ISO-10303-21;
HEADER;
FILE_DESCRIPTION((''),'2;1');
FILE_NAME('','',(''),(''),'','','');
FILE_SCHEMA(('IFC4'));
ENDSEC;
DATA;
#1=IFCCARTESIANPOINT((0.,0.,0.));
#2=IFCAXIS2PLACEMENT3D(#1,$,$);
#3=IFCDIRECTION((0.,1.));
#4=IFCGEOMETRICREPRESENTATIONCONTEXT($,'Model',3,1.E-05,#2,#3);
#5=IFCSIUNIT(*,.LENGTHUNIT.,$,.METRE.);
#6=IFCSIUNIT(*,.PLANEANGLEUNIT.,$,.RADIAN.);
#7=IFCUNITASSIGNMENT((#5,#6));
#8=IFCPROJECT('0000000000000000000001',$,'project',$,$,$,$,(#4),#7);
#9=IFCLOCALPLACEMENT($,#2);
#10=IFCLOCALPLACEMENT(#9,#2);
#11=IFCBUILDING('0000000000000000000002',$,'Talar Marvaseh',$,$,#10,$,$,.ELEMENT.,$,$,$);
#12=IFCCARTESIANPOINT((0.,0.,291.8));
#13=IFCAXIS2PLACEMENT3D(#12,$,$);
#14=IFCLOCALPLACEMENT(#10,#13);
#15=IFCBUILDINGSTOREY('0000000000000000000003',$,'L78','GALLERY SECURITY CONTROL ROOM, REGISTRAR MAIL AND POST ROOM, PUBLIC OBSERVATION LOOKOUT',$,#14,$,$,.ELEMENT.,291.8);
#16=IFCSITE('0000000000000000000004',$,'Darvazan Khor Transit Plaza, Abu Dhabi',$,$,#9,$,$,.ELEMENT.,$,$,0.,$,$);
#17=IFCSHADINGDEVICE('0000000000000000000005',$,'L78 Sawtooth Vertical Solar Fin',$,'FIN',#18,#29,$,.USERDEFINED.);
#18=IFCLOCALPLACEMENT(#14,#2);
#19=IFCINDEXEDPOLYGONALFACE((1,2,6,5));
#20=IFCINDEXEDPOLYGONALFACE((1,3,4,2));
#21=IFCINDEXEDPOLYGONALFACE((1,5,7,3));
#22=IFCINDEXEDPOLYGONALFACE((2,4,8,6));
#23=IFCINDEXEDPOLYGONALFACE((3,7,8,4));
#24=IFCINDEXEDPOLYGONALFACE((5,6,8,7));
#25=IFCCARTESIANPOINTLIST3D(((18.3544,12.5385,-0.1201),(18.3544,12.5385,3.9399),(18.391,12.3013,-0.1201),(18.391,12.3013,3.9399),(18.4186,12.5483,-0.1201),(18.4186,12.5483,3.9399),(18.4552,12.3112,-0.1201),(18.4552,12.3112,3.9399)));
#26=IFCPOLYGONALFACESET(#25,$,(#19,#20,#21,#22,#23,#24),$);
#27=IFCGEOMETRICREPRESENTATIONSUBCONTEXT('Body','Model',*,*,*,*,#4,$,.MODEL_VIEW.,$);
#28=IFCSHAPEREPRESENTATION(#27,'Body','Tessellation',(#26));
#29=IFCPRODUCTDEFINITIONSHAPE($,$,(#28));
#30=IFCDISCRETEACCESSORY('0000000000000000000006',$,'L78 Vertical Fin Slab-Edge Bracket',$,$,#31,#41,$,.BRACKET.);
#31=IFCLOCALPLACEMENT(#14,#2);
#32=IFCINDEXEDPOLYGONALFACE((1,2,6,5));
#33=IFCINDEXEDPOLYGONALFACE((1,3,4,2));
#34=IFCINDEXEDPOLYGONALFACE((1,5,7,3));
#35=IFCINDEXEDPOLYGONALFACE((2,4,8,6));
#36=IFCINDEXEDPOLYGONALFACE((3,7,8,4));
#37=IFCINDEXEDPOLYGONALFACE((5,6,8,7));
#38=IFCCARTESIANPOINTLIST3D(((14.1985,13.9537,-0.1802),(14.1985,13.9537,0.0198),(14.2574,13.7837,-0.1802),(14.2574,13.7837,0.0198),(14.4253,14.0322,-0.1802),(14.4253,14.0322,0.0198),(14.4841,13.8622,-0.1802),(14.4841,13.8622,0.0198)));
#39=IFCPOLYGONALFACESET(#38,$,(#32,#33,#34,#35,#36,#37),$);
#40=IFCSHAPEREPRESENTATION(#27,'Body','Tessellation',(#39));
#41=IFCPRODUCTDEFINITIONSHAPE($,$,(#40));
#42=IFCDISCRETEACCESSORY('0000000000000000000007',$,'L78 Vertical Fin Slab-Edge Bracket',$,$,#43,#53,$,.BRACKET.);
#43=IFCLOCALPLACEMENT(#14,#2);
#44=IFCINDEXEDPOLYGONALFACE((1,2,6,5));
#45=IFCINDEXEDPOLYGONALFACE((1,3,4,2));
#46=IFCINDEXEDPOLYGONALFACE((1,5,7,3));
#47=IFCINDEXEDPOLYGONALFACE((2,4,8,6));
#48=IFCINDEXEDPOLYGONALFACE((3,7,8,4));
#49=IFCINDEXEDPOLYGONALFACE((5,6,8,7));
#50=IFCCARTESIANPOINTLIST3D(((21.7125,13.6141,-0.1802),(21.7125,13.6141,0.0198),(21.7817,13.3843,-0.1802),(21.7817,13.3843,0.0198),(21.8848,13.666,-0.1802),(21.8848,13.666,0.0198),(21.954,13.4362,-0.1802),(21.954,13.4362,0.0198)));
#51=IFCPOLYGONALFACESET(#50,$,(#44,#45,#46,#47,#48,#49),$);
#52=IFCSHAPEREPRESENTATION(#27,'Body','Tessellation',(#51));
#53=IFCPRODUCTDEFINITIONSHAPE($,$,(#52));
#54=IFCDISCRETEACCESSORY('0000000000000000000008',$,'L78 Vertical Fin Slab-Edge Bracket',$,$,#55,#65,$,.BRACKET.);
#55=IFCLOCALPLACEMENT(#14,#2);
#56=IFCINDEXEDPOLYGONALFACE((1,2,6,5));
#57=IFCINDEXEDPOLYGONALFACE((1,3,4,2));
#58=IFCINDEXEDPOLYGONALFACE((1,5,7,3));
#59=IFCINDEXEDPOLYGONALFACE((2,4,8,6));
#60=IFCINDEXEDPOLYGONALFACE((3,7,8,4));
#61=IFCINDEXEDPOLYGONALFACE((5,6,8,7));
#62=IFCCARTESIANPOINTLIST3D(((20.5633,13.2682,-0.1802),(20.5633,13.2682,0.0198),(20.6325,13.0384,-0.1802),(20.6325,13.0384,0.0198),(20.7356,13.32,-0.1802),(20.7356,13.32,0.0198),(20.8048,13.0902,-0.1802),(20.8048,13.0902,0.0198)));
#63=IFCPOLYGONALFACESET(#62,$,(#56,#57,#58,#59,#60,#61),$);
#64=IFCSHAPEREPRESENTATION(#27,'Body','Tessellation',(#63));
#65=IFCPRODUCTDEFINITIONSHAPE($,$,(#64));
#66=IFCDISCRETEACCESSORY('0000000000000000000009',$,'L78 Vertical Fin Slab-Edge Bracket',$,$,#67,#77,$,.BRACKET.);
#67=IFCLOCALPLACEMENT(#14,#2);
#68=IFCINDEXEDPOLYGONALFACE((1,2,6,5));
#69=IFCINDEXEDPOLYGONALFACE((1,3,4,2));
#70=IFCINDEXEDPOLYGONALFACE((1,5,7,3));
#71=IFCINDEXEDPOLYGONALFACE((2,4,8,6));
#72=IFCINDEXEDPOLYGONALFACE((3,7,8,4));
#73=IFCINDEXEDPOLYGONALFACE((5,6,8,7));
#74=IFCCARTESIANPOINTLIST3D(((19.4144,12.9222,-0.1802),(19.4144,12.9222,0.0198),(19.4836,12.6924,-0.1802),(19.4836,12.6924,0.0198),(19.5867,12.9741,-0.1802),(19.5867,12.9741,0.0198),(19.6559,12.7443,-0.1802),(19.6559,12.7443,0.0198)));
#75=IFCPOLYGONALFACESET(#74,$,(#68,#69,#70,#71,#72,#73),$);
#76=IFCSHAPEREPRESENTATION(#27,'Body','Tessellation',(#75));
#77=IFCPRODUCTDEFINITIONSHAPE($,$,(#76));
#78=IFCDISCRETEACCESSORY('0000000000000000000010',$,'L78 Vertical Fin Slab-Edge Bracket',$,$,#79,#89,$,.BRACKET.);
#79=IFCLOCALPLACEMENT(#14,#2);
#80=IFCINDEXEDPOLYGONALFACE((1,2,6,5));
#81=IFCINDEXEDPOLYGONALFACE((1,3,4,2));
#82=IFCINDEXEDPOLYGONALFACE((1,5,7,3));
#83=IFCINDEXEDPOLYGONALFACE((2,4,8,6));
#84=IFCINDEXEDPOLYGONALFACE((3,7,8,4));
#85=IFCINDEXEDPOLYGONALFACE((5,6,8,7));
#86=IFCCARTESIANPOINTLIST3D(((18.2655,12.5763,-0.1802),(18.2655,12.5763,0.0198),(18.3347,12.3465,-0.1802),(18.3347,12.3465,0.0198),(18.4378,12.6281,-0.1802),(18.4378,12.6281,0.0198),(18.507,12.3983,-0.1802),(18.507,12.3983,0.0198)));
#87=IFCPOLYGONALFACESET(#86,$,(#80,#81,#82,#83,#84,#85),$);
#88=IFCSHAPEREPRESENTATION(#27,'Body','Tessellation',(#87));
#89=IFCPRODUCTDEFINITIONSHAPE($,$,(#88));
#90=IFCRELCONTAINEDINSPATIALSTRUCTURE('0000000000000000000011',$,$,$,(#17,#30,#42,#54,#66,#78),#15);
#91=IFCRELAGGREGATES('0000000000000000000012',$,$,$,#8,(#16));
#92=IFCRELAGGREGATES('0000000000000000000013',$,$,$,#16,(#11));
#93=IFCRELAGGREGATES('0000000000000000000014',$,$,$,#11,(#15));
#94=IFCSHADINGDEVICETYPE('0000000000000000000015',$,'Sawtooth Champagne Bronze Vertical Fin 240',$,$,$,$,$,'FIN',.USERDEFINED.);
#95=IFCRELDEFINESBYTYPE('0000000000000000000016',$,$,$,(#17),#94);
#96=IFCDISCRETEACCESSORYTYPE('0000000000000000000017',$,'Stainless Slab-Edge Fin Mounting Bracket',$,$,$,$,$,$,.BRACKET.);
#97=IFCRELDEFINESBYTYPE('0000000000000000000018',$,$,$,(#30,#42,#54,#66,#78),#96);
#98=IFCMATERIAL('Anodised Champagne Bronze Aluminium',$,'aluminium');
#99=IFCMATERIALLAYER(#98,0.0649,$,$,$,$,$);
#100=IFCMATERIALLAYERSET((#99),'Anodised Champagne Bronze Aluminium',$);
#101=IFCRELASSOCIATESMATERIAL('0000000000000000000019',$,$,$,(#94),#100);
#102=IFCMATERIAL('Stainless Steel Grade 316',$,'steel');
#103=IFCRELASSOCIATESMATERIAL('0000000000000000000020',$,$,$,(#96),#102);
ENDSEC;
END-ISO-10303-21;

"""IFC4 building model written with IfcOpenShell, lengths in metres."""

from ifc_helpers import new_model, si_unit, direction, frame, origin, origin_2d, place, context, subcontext, project, spatial, rectangle, extrude, source, transform, mapped, material, layer, layer_set, type_object, type_shapes, element, save


model = new_model("IFC4")

# Units and contexts
model_context = context("Model", 3, precision=1e-05, world=origin(), true_north=direction((0.0, 1.0)))
body_context = subcontext(model_context, "Body", "Model", "MODEL_VIEW")
ifc_project = project(units=[si_unit("LENGTHUNIT", "METRE"), si_unit("PLANEANGLEUNIT", "RADIAN")], contexts=[model_context])

# Site, building, storey
site_placement = place(None, origin())
site = spatial("IfcSite", under=ifc_project, at=site_placement, Name="Darvazan Khor Transit Plaza, Abu Dhabi", CompositionType="ELEMENT", RefElevation=0.0)
building_placement = place(site_placement, origin())
building = spatial("IfcBuilding", under=site, at=building_placement, Name="Talar Marvaseh", CompositionType="ELEMENT")
storey_placement = place(building_placement, frame((0.0, 0.0, 291.8)))
storey = spatial("IfcBuildingStorey", under=building, at=storey_placement, Name="L78", Description="GALLERY SECURITY CONTROL ROOM, REGISTRAR MAIL AND POST ROOM, PUBLIC OBSERVATION LOOKOUT", CompositionType="ELEMENT", Elevation=291.8)

# Shading device
ifc_material_1 = material(Name="Anodised Champagne Bronze Aluminium", Category="aluminium")
ifc_layer_1 = layer(ifc_material_1, 0.0649)
ifc_layer_set_1 = layer_set([ifc_layer_1], Name="Anodised Champagne Bronze Aluminium")
shading_device_type = type_object("IfcShadingDeviceType", Name="Sawtooth Champagne Bronze Vertical Fin 240", ElementType="FIN", PredefinedType="USERDEFINED", material=ifc_layer_set_1)
shared_shape_1 = source(origin(), body_context, "Body", "SweptSolid", [
    extrude(rectangle(XDim=0.24, YDim=0.0649, at=origin_2d()), origin(), (0.0, 0.0, 1.0), 4.0601),
])
type_shapes(shading_device_type, [shared_shape_1])
for number, where, z_axis, x_axis, name in (
    (1, (18.4048, 12.4248, -0.1201), (0.0, 0.0, 1.0), (0.152296, -0.988335, 0.0), "L78 Sawtooth Vertical Solar Fin"),
):
    element("IfcShadingDevice", number, at=place(storey_placement, frame(where, z_axis=z_axis, x_axis=x_axis)), inside=storey, type_object=shading_device_type, Name=name, ObjectType="FIN", PredefinedType="USERDEFINED", context=body_context, shape_type="MappedRepresentation", body=[
        mapped(shared_shape_1, transform((0.0, 0.0, 0.0), x_axis=(1.0, 0.0, 0.0), y_axis=(0.0, 1.0, 0.0), z_axis=(0.0, 0.0, 1.0), scale=1.0)),
    ])

# Discrete accessories
ifc_material_2 = material(Name="Stainless Steel Grade 316", Category="steel")
discrete_accessory_type = type_object("IfcDiscreteAccessoryType", Name="Stainless Slab-Edge Fin Mounting Bracket", PredefinedType="BRACKET", material=ifc_material_2)
shared_shape_2 = source(origin(), body_context, "Body", "SweptSolid", [
    extrude(rectangle(XDim=0.24, YDim=0.1799, at=origin_2d()), origin(), (0.0, 0.0, 1.0), 0.2),
])
type_shapes(discrete_accessory_type, [shared_shape_2])
for number, where, z_axis, x_axis, name in (
    (2, (14.3413, 13.908, -0.1802), (0.0, 0.0, 1.0), (-0.944949, -0.327218, 0.0), "L78 Vertical Fin Slab-Edge Bracket"),
    (3, (21.8333, 13.5251, -0.1802), (0.0, 0.0, 1.0), (0.288363, -0.957521, 0.0), "L78 Vertical Fin Slab-Edge Bracket"),
    (4, (20.6841, 13.1792, -0.1802), (0.0, 0.0, 1.0), (0.288363, -0.957521, 0.0), "L78 Vertical Fin Slab-Edge Bracket"),
    (5, (19.5352, 12.8333, -0.1802), (0.0, 0.0, 1.0), (0.288363, -0.957521, 0.0), "L78 Vertical Fin Slab-Edge Bracket"),
    (6, (18.3862, 12.4873, -0.1802), (0.0, 0.0, 1.0), (0.288363, -0.957521, 0.0), "L78 Vertical Fin Slab-Edge Bracket"),
):
    element("IfcDiscreteAccessory", number, at=place(storey_placement, frame(where, z_axis=z_axis, x_axis=x_axis)), inside=storey, type_object=discrete_accessory_type, Name=name, PredefinedType="BRACKET", context=body_context, shape_type="MappedRepresentation", body=[
        mapped(shared_shape_2, transform((0.0, 0.0, 0.0), x_axis=(1.0, 0.0, 0.0), y_axis=(0.0, 1.0, 0.0), z_axis=(0.0, 0.0, 1.0), scale=1.0)),
    ])

save(model, "model.ifc")
